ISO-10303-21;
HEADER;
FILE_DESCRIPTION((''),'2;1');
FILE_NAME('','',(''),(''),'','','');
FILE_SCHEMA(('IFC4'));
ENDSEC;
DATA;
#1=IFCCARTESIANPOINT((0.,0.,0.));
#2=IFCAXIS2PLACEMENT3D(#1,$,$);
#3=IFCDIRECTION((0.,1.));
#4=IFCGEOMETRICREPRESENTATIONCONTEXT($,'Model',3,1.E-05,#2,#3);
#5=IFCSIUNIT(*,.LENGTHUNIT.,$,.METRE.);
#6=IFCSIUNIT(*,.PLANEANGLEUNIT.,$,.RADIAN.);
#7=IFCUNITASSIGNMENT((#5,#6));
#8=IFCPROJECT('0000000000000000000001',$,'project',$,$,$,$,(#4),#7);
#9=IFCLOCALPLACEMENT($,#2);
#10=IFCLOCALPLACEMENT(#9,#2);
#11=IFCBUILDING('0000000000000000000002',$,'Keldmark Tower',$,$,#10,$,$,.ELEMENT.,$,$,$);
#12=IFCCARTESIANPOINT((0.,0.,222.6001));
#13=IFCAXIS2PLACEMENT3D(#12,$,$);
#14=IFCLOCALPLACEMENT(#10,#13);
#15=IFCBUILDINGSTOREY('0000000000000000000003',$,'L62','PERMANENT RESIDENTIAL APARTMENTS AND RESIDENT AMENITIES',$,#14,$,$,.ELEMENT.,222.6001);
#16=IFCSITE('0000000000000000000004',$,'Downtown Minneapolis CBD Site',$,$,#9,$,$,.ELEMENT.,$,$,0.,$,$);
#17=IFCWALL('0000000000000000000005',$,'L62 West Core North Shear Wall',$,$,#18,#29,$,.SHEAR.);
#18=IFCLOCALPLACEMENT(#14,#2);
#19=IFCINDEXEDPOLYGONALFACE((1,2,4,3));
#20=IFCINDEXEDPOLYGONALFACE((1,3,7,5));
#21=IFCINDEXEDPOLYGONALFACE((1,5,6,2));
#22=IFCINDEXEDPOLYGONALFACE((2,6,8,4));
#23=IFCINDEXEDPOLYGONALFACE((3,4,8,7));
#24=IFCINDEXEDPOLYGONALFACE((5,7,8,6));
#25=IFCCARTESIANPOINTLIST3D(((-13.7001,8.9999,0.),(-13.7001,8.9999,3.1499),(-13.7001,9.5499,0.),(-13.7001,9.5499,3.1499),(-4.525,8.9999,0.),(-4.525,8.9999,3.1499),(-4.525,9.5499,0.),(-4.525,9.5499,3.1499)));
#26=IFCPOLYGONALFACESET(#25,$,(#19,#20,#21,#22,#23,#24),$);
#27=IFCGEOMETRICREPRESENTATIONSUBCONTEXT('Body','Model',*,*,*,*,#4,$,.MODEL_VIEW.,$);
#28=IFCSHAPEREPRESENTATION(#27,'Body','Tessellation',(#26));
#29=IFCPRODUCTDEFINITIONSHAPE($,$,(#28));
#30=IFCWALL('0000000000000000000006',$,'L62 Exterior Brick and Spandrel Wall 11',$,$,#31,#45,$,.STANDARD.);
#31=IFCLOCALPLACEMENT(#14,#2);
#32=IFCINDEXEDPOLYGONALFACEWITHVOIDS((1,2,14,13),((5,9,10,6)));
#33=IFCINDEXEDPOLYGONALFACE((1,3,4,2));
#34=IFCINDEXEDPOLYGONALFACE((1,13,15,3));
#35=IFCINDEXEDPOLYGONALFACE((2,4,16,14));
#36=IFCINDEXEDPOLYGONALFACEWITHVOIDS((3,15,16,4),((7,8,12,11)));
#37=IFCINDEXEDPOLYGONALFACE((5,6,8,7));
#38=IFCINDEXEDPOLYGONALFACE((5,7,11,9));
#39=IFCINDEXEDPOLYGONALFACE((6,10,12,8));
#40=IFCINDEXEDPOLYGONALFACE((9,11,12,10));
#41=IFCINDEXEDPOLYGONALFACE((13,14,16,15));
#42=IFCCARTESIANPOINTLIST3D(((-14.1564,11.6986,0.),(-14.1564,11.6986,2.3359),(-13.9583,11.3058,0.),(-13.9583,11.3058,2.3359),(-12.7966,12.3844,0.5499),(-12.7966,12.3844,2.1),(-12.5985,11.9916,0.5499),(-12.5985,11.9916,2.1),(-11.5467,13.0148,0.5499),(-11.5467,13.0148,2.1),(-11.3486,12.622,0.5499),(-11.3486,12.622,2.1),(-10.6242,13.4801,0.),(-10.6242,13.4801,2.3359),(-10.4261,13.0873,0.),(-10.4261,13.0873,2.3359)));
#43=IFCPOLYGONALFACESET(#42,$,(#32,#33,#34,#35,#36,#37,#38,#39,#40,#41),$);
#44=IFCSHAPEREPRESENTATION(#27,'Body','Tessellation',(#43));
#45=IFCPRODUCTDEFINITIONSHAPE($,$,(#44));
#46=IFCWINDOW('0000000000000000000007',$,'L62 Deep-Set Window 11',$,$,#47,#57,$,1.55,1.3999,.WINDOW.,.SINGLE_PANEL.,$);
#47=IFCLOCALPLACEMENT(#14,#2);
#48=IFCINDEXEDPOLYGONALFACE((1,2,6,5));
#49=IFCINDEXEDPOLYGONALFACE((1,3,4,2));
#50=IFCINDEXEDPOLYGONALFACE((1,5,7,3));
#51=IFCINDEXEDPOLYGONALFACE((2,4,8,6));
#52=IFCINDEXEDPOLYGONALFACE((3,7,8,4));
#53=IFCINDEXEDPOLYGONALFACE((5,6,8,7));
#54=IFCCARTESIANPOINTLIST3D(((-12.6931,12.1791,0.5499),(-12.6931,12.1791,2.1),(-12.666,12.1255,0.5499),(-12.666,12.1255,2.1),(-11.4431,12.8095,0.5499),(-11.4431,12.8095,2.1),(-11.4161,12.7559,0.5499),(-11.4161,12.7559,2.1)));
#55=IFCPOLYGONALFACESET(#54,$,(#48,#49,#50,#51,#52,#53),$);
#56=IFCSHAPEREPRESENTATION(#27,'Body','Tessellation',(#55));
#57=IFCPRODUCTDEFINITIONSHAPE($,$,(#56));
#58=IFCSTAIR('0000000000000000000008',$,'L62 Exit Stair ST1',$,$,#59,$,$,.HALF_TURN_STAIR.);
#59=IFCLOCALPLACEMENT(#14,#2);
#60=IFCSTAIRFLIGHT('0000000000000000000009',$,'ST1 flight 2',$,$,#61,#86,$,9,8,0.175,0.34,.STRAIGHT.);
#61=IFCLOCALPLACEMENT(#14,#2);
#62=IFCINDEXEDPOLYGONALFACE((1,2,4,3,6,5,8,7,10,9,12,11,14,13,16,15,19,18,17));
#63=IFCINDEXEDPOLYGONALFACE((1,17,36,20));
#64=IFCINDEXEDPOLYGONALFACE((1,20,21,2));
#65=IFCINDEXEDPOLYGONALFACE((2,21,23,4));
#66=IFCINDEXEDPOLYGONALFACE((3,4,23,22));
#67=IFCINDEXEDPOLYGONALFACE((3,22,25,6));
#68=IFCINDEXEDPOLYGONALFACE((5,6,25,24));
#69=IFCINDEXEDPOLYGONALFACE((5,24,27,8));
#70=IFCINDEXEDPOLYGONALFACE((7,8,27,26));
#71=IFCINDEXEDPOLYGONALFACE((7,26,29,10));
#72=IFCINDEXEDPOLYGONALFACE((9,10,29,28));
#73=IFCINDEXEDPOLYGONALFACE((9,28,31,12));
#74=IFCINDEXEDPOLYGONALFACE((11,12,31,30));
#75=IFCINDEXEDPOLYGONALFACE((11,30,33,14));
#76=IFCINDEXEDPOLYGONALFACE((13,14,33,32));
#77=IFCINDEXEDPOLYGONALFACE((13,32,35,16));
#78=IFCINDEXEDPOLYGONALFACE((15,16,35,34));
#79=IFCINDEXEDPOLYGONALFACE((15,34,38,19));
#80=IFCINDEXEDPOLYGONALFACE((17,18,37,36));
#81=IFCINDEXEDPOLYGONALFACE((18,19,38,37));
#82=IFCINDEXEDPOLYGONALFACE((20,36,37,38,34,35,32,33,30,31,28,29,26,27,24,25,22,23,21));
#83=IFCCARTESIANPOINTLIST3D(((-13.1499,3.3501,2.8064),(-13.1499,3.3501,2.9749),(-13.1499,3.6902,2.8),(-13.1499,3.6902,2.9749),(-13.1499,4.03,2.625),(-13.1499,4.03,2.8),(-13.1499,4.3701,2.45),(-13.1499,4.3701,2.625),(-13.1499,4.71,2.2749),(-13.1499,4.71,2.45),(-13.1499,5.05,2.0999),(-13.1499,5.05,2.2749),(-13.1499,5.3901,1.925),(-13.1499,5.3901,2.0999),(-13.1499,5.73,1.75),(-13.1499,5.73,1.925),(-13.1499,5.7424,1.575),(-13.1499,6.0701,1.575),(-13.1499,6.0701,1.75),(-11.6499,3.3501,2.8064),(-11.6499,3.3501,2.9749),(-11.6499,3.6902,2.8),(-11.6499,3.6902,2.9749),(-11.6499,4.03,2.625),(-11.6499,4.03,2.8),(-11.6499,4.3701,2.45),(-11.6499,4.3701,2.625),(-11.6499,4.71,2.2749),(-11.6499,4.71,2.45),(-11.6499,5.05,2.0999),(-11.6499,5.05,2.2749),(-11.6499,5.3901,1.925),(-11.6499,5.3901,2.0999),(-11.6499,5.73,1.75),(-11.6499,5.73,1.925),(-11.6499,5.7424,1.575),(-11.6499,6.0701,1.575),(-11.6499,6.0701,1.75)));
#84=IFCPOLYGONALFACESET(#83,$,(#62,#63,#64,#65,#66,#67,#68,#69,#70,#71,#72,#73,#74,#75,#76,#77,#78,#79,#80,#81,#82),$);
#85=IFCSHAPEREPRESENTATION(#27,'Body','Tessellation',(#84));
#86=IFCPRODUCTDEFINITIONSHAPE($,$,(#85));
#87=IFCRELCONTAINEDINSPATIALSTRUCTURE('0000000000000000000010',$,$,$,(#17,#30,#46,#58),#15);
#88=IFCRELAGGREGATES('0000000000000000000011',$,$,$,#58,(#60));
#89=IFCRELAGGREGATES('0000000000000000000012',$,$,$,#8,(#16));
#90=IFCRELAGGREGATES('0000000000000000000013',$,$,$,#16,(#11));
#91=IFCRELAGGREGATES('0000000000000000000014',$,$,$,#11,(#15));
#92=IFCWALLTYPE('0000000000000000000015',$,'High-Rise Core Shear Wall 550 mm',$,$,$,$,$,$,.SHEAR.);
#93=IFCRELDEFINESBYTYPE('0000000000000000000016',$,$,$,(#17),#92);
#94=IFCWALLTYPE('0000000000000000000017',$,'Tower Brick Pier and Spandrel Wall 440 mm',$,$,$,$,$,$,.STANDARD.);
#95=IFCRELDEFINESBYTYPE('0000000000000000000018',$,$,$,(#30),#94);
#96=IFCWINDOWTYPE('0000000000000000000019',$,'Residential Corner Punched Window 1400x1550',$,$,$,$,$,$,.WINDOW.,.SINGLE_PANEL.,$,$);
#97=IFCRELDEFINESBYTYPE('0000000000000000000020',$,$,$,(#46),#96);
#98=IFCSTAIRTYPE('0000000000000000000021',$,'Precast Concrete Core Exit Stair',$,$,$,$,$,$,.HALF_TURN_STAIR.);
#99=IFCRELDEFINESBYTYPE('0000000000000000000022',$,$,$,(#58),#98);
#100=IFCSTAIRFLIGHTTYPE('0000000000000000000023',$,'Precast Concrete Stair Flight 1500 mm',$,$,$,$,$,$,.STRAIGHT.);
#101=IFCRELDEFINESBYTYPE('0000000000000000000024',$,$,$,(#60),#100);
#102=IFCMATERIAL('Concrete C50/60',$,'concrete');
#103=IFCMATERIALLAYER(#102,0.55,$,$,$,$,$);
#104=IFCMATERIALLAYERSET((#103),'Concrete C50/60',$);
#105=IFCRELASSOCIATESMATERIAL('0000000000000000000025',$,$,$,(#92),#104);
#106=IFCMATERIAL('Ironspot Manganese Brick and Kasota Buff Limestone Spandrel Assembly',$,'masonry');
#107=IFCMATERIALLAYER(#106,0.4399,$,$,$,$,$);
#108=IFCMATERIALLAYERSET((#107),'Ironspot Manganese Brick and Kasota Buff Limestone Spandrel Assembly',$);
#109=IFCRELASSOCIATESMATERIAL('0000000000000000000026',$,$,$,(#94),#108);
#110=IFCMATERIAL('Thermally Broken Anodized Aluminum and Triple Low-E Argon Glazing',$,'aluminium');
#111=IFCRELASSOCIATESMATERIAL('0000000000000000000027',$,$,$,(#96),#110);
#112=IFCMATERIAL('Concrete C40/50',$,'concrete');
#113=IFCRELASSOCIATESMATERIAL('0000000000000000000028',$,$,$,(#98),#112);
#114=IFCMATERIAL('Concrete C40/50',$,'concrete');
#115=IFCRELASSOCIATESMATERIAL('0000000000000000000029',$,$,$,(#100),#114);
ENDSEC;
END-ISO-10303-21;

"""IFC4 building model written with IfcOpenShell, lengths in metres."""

from ifc_helpers import new_model, si_unit, direction, frame, frame_2d, origin, place, context, subcontext, project, spatial, polyline, rectangle, outline, extrude, material, layer, layer_set, type_object, element, fill, aggregate, save


model = new_model("IFC4")

# Units and contexts
model_context = context("Model", 3, precision=1e-05, world=origin(), true_north=direction((0.0, 1.0)))
body_context = subcontext(model_context, "Body", "Model", "MODEL_VIEW")
ifc_project = project(units=[si_unit("LENGTHUNIT", "METRE"), si_unit("PLANEANGLEUNIT", "RADIAN")], contexts=[model_context])

# Site, building, storey
site_placement = place(None, origin())
site = spatial("IfcSite", under=ifc_project, at=site_placement, Name="Downtown Minneapolis CBD Site", CompositionType="ELEMENT", RefElevation=0.0)
building_placement = place(site_placement, origin())
building = spatial("IfcBuilding", under=site, at=building_placement, Name="Keldmark Tower", CompositionType="ELEMENT")
storey_placement = place(building_placement, frame((0.0, 0.0, 222.6001)))
storey = spatial("IfcBuildingStorey", under=building, at=storey_placement, Name="L62", Description="PERMANENT RESIDENTIAL APARTMENTS AND RESIDENT AMENITIES", CompositionType="ELEMENT", Elevation=222.6001)

# Wall
ifc_material_1 = material(Name="Concrete C50/60", Category="concrete")
ifc_layer_1 = layer(ifc_material_1, 0.55)
ifc_layer_set_1 = layer_set([ifc_layer_1], Name="Concrete C50/60")
wall_type_1 = type_object("IfcWallType", Name="High-Rise Core Shear Wall 550 mm", PredefinedType="SHEAR", material=ifc_layer_set_1)
wall_1_placement = place(storey_placement, frame((-13.7, 9.2749, 0.0), z_axis=(0.0, 0.0, 1.0), x_axis=(1.0, 0.0, 0.0)))
element("IfcWall", 1, at=wall_1_placement, inside=storey, type_object=wall_type_1, Name="L62 West Core North Shear Wall", PredefinedType="SHEAR", context=body_context, shape_type="SweptSolid", body=[
    extrude(rectangle(XDim=9.175, YDim=0.55, at=frame_2d((4.5874, 0.0))), origin(), (0.0, 0.0, 1.0), 3.1499),
])

# Wall, opening, window
ifc_material_2 = material(Name="Ironspot Manganese Brick and Kasota Buff Limestone Spandrel Assembly", Category="masonry")
ifc_layer_2 = layer(ifc_material_2, 0.4399)
ifc_layer_set_2 = layer_set([ifc_layer_2], Name="Ironspot Manganese Brick and Kasota Buff Limestone Spandrel Assembly")
wall_type_2 = type_object("IfcWallType", Name="Tower Brick Pier and Spandrel Wall 440 mm", PredefinedType="STANDARD", material=ifc_layer_set_2)
wall_2_placement = place(storey_placement, frame((-14.0574, 11.5022, 0.0), z_axis=(0.0, 0.0, 1.0), x_axis=(0.892867, 0.450321, 0.0)))
wall_2 = element("IfcWall", 2, at=wall_2_placement, inside=storey, type_object=wall_type_2, Name="L62 Exterior Brick and Spandrel Wall 11", PredefinedType="STANDARD", context=body_context, shape_type="SweptSolid", body=[
    extrude(rectangle(XDim=3.9561, YDim=0.4399, at=frame_2d((1.978, 0.0))), origin(), (0.0, 0.0, 1.0), 2.3359),
])
opening_placement = place(wall_2_placement, frame((1.5229, 0.0, 0.55)))
opening = element("IfcOpeningElement", 3, at=opening_placement, cuts=wall_2, PredefinedType="OPENING", context=body_context, shape_type="SweptSolid", body=[
    extrude(rectangle(XDim=1.3999, YDim=1.55, at=frame_2d((0.7, 0.7749))), frame((0.0, 0.23, 0.0), z_axis=(0.0, -1.0, 0.0), x_axis=(1.0, 0.0, 0.0)), (0.0, 0.0, 1.0), 0.46),
])
ifc_material_3 = material(Name="Thermally Broken Anodized Aluminum and Triple Low-E Argon Glazing", Category="aluminium")
window_type = type_object("IfcWindowType", Name="Residential Corner Punched Window 1400x1550", PartitioningType="SINGLE_PANEL", PredefinedType="WINDOW", material=ifc_material_3)
window_placement = place(opening_placement, origin())
window = element("IfcWindow", 4, at=window_placement, inside=storey, type_object=window_type, Name="L62 Deep-Set Window 11", OverallHeight=1.55, OverallWidth=1.3999, PartitioningType="SINGLE_PANEL", PredefinedType="WINDOW", context=body_context, shape_type="SweptSolid", body=[
    extrude(rectangle(XDim=1.3999, YDim=1.55, at=frame_2d((0.7, 0.7749))), frame((0.0, -0.01, 0.0), z_axis=(0.0, -1.0, 0.0), x_axis=(1.0, 0.0, 0.0)), (0.0, 0.0, 1.0), 0.0601),
])
fill(opening, window)

# Stair, stair flight
ifc_material_4 = material(Name="Concrete C40/50", Category="concrete")
stair_type = type_object("IfcStairType", Name="Precast Concrete Core Exit Stair", PredefinedType="HALF_TURN_STAIR", material=ifc_material_4)
stair_placement = place(storey_placement, origin())
stair = element("IfcStair", 5, at=stair_placement, inside=storey, type_object=stair_type, Name="L62 Exit Stair ST1", PredefinedType="HALF_TURN_STAIR")
ifc_material_5 = material(Name="Concrete C40/50", Category="concrete")
stair_flight_type = type_object("IfcStairFlightType", Name="Precast Concrete Stair Flight 1500 mm", PredefinedType="STRAIGHT", material=ifc_material_5)
stair_flight_placement = place(storey_placement, frame((-12.3999, 6.0701, 1.575), z_axis=(0.0, 0.0, 1.0), x_axis=(0.0, -1.0, 0.0)))
stair_flight = element("IfcStairFlight", 6, at=stair_flight_placement, type_object=stair_flight_type, Name="ST1 flight 2", NumberOfRisers=9, NumberOfTreads=8, PredefinedType="STRAIGHT", RiserHeight=0.175, TreadLength=0.34, context=body_context, shape_type="SweptSolid", body=[
    extrude(outline(polyline([(0.0, 0.0), (0.0, 0.175), (0.3401, 0.175), (0.3401, 0.3501), (0.6799, 0.3501), (0.6799, 0.5249), (1.02, 0.5249), (1.02, 0.7), (1.3601, 0.7), (1.3601, 0.875), (1.7, 0.875), (1.7, 1.05), (2.04, 1.05), (2.04, 1.2251), (2.3799, 1.2251), (2.3799, 1.3999), (2.72, 1.3999), (2.72, 1.575), (2.72, 1.2314), (0.3276, 0.0), (0.0, 0.0)])), frame((0.0, 0.75, 0.0), z_axis=(0.0, -1.0, 0.0), x_axis=(1.0, 0.0, 0.0)), (0.0, 0.0, 1.0), 1.5),
])
aggregate(stair, [stair_flight])

save(model, "model.ifc")
